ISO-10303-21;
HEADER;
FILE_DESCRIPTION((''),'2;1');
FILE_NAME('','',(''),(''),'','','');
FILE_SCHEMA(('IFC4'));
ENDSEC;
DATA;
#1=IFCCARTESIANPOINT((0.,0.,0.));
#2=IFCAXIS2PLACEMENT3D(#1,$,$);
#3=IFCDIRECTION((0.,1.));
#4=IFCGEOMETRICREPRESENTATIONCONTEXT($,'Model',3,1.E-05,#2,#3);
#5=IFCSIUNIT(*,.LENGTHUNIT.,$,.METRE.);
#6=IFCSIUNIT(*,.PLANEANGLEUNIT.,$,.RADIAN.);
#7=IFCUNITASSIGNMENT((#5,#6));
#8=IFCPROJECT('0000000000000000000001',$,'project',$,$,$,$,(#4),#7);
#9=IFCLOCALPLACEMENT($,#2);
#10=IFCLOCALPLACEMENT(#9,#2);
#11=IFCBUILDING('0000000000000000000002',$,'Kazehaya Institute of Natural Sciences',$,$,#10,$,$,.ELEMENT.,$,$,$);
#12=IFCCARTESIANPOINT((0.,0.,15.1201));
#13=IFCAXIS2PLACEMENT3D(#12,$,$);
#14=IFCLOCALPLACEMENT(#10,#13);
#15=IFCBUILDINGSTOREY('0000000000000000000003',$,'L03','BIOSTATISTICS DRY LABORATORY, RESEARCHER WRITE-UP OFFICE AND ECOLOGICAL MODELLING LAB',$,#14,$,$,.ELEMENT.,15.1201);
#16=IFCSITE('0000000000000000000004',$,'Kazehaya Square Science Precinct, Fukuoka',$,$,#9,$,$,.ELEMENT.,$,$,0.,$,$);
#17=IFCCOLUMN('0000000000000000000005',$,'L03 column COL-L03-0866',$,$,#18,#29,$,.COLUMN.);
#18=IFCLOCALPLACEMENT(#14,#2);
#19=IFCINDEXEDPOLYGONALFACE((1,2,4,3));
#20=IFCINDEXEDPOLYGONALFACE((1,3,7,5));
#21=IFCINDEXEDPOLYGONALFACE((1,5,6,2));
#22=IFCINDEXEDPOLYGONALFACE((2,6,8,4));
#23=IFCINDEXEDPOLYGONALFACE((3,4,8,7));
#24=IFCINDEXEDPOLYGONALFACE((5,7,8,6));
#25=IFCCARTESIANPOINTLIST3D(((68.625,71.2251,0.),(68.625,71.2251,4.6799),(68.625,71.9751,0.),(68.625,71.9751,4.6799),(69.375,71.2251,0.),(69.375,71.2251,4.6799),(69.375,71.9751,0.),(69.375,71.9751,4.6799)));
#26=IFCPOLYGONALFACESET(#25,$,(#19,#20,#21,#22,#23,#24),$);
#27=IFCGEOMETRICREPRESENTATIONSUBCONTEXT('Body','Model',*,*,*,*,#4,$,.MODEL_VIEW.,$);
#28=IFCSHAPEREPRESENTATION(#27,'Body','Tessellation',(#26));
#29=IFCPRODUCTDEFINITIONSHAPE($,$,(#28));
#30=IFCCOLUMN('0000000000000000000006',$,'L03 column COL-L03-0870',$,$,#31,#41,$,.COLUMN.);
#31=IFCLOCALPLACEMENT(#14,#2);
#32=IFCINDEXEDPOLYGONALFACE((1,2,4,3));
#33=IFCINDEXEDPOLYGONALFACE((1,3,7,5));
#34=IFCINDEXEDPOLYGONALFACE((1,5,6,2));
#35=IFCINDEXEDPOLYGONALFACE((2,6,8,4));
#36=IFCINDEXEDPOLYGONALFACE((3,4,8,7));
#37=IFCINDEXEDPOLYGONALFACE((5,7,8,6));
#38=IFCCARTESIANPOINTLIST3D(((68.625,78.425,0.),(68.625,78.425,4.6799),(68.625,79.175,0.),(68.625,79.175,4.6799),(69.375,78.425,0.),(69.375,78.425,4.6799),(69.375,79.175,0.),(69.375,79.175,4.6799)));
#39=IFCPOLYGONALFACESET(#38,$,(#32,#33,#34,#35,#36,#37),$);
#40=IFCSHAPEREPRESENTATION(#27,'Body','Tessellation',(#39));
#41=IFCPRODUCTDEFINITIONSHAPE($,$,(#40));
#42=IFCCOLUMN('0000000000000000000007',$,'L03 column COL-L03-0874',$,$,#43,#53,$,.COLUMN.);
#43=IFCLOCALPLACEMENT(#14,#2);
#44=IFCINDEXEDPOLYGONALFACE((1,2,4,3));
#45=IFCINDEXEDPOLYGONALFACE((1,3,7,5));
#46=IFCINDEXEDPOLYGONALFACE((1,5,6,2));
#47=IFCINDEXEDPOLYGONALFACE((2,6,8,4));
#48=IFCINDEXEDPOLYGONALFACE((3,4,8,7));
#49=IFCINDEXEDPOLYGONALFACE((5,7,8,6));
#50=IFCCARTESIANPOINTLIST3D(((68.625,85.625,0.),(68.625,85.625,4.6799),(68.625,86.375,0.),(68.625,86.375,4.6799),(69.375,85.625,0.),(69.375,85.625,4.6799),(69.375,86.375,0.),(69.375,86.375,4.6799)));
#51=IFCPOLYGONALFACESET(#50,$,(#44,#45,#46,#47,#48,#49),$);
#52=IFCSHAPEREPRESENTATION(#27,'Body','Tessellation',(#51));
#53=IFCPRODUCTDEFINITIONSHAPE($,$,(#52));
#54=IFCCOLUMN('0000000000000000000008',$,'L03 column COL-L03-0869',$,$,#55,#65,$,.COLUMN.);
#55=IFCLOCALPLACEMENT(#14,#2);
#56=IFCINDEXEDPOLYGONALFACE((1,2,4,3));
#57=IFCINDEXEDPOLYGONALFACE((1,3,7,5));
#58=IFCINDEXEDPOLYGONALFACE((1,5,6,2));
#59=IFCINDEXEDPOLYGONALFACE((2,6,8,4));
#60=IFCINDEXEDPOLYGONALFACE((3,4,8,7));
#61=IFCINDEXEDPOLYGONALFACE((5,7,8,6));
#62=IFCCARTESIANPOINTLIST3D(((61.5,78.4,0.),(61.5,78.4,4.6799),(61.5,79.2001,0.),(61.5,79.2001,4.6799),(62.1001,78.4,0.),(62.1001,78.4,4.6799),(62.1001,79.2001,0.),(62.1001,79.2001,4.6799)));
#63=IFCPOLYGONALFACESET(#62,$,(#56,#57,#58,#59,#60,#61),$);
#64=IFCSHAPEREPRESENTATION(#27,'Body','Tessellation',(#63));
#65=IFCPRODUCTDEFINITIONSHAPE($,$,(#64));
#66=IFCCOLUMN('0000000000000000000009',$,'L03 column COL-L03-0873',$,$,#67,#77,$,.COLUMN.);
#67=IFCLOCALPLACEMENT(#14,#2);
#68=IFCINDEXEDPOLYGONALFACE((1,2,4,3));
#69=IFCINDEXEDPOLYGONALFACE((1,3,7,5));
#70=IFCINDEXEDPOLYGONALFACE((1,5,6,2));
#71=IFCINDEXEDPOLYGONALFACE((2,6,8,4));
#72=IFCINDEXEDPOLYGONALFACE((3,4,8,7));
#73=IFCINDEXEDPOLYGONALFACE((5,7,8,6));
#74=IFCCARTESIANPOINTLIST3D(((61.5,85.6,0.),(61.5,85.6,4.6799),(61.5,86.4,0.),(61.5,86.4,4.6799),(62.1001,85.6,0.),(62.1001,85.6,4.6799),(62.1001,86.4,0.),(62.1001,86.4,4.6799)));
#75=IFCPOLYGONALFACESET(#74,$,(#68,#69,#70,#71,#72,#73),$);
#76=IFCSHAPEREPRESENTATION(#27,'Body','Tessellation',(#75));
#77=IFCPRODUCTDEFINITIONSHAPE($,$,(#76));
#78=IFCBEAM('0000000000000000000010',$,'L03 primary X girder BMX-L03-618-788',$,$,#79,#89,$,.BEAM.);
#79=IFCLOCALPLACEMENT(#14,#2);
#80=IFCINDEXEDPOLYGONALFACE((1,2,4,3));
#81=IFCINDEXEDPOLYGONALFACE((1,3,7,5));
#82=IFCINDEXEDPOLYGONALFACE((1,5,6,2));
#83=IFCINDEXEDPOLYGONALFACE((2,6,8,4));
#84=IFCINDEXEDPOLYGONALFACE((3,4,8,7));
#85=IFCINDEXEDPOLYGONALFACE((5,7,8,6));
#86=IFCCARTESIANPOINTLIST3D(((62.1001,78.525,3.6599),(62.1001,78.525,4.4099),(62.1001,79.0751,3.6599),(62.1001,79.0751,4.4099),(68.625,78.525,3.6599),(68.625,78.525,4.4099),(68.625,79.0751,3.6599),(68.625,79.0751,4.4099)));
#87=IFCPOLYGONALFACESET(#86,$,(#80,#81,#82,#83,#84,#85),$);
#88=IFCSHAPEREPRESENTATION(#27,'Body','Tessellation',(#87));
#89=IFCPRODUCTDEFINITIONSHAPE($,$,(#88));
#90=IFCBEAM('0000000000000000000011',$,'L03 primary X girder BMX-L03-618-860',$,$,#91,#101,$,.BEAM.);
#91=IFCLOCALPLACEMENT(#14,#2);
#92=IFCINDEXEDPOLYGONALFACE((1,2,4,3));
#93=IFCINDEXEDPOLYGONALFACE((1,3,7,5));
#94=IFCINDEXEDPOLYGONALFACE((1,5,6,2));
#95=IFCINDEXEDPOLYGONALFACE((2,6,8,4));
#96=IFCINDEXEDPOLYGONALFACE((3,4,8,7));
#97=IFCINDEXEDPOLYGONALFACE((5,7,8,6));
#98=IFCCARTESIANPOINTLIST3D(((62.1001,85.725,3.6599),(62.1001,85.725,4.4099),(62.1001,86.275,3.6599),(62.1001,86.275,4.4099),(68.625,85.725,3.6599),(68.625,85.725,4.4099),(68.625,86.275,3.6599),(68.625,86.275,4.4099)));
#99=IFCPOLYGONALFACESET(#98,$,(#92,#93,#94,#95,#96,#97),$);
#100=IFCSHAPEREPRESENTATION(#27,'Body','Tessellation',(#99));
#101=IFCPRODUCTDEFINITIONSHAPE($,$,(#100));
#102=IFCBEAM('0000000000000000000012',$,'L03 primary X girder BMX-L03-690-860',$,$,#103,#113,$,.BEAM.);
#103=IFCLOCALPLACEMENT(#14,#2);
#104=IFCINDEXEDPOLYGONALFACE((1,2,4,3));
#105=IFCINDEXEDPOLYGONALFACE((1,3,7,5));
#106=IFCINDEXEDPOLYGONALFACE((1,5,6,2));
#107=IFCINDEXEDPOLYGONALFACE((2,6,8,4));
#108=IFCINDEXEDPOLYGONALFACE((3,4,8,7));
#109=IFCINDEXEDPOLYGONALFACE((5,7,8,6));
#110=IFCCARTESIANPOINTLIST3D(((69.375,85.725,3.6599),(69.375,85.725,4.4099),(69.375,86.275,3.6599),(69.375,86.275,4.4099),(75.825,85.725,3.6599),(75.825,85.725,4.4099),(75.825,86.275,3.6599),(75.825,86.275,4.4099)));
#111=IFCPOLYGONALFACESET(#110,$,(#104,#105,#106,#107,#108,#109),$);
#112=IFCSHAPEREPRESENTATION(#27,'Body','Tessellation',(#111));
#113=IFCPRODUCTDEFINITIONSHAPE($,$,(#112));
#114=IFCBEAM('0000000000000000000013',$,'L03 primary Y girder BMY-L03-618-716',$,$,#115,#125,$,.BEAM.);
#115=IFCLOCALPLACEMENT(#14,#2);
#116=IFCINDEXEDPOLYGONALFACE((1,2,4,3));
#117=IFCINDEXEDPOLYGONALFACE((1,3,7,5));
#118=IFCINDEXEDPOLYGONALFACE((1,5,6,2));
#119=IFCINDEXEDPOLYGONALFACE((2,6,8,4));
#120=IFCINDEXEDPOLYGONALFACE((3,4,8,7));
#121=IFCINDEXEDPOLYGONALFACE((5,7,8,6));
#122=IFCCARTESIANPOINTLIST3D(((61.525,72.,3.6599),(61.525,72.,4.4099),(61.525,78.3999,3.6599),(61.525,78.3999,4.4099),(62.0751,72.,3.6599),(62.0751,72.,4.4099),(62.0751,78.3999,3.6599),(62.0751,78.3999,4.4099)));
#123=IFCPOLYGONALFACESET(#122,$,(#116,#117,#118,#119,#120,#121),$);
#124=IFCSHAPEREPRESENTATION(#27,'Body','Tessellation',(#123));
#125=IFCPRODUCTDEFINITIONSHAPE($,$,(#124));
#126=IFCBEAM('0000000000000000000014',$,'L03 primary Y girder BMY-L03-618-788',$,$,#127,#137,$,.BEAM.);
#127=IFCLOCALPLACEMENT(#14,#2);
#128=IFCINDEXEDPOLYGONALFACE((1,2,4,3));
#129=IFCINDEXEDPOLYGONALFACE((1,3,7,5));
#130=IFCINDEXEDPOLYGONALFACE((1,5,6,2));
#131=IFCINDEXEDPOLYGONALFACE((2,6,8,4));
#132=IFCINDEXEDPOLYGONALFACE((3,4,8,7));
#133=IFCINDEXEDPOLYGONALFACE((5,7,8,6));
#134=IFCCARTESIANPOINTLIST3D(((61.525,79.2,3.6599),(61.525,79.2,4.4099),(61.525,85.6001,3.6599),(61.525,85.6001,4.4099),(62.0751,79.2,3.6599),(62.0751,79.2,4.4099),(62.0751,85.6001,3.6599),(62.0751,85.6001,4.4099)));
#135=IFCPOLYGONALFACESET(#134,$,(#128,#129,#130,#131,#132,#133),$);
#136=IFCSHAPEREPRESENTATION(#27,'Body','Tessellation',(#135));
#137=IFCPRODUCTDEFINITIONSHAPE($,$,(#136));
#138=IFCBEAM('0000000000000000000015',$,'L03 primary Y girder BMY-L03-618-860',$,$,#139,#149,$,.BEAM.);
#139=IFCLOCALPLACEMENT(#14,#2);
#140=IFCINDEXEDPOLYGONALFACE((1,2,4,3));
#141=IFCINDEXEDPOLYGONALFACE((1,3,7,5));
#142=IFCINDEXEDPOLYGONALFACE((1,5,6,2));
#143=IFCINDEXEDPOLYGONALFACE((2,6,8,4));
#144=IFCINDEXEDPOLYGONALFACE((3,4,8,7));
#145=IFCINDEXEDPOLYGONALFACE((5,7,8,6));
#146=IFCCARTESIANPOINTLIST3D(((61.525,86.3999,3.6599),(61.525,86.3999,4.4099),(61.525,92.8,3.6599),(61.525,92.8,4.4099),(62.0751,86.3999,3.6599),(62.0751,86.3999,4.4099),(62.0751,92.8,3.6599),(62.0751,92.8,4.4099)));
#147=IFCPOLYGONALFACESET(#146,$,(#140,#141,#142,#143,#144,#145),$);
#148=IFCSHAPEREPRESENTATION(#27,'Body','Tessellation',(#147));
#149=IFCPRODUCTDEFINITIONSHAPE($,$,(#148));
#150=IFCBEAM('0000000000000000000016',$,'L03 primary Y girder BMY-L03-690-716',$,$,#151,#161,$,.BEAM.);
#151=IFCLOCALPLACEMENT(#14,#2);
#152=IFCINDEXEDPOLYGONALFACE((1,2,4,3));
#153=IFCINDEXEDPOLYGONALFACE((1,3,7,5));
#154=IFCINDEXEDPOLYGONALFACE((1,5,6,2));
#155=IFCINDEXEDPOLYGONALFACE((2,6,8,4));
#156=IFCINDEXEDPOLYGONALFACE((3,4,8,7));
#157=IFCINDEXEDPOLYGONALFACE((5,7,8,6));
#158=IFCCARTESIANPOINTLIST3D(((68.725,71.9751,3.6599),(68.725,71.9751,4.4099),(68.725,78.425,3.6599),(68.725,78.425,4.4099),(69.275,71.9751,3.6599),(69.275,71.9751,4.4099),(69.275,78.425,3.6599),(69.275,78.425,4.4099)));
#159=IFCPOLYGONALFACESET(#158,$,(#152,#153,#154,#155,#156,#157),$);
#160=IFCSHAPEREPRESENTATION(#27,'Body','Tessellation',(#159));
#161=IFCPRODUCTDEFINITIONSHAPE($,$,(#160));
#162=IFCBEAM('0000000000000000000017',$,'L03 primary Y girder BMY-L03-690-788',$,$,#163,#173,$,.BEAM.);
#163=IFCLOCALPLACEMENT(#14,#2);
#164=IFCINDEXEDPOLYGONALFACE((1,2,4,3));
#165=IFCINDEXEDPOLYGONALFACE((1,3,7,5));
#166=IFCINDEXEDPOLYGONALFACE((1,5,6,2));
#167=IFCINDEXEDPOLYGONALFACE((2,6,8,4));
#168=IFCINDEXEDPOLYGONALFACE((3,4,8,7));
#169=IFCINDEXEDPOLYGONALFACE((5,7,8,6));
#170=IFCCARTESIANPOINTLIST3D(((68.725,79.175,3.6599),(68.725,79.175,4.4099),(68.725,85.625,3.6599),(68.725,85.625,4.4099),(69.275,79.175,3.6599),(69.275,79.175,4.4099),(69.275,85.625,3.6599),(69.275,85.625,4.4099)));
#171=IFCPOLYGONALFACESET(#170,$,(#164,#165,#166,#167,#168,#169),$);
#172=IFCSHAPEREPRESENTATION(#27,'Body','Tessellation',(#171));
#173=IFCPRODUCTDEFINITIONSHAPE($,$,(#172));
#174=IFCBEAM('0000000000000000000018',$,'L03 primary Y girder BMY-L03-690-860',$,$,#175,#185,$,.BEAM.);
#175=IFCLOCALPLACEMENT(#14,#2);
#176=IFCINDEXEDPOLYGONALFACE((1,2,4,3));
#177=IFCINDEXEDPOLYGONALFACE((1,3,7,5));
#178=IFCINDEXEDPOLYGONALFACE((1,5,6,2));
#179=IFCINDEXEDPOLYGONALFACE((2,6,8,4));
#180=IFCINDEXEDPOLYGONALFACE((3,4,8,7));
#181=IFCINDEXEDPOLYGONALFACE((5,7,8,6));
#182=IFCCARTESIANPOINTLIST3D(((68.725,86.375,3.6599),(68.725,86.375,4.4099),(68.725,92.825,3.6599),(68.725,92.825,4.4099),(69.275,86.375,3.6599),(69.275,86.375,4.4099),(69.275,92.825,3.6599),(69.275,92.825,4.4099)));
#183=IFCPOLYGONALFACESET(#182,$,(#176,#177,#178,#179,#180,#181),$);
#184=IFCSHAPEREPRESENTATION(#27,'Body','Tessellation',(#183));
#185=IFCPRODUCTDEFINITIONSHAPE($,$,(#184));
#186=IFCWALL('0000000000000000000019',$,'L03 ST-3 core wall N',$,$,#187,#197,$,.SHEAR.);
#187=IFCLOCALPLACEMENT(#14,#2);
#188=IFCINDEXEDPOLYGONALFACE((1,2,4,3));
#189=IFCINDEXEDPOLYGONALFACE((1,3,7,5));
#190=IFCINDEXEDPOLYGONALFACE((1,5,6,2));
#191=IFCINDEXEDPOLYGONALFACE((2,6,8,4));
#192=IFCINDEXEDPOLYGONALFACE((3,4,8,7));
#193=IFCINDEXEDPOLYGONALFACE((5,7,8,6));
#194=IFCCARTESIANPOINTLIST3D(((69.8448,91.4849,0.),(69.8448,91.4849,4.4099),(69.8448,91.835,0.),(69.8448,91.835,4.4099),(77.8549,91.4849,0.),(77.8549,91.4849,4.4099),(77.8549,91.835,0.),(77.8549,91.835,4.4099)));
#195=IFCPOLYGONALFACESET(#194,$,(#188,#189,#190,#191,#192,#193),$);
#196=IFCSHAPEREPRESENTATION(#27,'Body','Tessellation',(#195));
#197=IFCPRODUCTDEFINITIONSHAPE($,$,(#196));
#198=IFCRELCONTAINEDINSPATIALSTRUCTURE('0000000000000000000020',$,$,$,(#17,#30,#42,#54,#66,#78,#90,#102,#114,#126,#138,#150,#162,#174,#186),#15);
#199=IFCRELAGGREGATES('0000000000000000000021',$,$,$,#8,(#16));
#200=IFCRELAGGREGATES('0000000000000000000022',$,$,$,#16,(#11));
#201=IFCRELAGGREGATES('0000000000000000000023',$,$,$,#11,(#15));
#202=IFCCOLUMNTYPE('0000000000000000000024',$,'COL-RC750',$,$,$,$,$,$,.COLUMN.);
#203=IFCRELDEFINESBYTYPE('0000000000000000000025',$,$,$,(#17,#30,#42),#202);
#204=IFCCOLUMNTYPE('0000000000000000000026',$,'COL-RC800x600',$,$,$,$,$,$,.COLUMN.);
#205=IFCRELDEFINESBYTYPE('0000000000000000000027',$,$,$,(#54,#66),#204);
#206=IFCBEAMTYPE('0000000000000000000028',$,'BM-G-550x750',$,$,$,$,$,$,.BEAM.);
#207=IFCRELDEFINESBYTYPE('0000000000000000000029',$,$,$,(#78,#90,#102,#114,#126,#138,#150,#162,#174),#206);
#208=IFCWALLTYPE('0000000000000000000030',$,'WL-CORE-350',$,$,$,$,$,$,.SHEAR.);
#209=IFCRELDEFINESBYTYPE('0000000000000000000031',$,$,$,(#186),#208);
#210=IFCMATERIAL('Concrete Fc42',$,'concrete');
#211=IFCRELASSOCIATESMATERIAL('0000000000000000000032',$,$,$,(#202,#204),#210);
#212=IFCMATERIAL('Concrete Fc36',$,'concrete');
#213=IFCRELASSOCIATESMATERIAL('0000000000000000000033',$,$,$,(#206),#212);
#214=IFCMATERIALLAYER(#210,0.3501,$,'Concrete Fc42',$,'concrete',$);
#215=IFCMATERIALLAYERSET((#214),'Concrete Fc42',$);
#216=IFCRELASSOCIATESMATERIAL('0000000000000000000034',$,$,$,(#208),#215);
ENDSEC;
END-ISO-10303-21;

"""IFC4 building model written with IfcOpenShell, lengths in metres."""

from ifc_helpers import new_model, si_unit, direction, frame, frame_2d, origin, origin_2d, place, context, subcontext, project, spatial, rectangle, extrude, material, layer, layer_set, material_profile, profile_set, type_object, element, save


model = new_model("IFC4")

# Units and contexts
model_context = context("Model", 3, precision=1e-05, world=origin(), true_north=direction((0.0, 1.0)))
body_context = subcontext(model_context, "Body", "Model", "MODEL_VIEW")
ifc_project = project(units=[si_unit("LENGTHUNIT", "METRE"), si_unit("PLANEANGLEUNIT", "RADIAN")], contexts=[model_context])

# Site, building, storey
site_placement = place(None, origin())
site = spatial("IfcSite", under=ifc_project, at=site_placement, Name="Kazehaya Square Science Precinct, Fukuoka", CompositionType="ELEMENT", RefElevation=0.0)
building_placement = place(site_placement, origin())
building = spatial("IfcBuilding", under=site, at=building_placement, Name="Kazehaya Institute of Natural Sciences", CompositionType="ELEMENT")
storey_placement = place(building_placement, frame((0.0, 0.0, 15.1201)))
storey = spatial("IfcBuildingStorey", under=building, at=storey_placement, Name="L03", Description="BIOSTATISTICS DRY LABORATORY, RESEARCHER WRITE-UP OFFICE AND ECOLOGICAL MODELLING LAB", CompositionType="ELEMENT", Elevation=15.1201)

# Columns
ifc_material_1 = material(Name="Concrete Fc42", Category="concrete")
ifc_material_profile_1 = material_profile(ifc_material_1, rectangle(XDim=0.75, YDim=0.75, at=origin_2d()), Name="RC-750x750")
ifc_profile_set_1 = profile_set([ifc_material_profile_1], Name="Concrete Fc42")
column_type_1 = type_object("IfcColumnType", Name="COL-RC750", PredefinedType="COLUMN", material=ifc_profile_set_1)
for number, where, z_axis, x_axis, name in (
    (1, (69.0, 71.6001, 0.0), (0.0, 0.0, 1.0), (1.0, 0.0, 0.0), "L03 column COL-L03-0866"),
    (2, (69.0, 78.8, 0.0), (0.0, 0.0, 1.0), (1.0, 0.0, 0.0), "L03 column COL-L03-0870"),
    (3, (69.0, 86.0, 0.0), (0.0, 0.0, 1.0), (1.0, 0.0, 0.0), "L03 column COL-L03-0874"),
):
    element("IfcColumn", number, at=place(storey_placement, frame(where, z_axis=z_axis, x_axis=x_axis)), inside=storey, type_object=column_type_1, Name=name, PredefinedType="COLUMN", context=body_context, shape_type="SweptSolid", body=[
        extrude(rectangle(XDim=0.75, YDim=0.75, at=origin_2d()), origin(), (0.0, 0.0, 1.0), 4.6799),
    ])
ifc_material_profile_2 = material_profile(ifc_material_1, rectangle(XDim=0.6001, YDim=0.8, at=origin_2d()), Name="RC-800x600")
ifc_profile_set_2 = profile_set([ifc_material_profile_2], Name="Concrete Fc42")
column_type_2 = type_object("IfcColumnType", Name="COL-RC800x600", PredefinedType="COLUMN", material=ifc_profile_set_2)
for number, where, z_axis, x_axis, name in (
    (4, (61.8, 78.8, 0.0), (0.0, 0.0, 1.0), (1.0, 0.0, 0.0), "L03 column COL-L03-0869"),
    (5, (61.8, 86.0, 0.0), (0.0, 0.0, 1.0), (1.0, 0.0, 0.0), "L03 column COL-L03-0873"),
):
    element("IfcColumn", number, at=place(storey_placement, frame(where, z_axis=z_axis, x_axis=x_axis)), inside=storey, type_object=column_type_2, Name=name, PredefinedType="COLUMN", context=body_context, shape_type="SweptSolid", body=[
        extrude(rectangle(XDim=0.6001, YDim=0.8, at=origin_2d()), origin(), (0.0, 0.0, 1.0), 4.6799),
    ])

# Beams
ifc_material_2 = material(Name="Concrete Fc36", Category="concrete")
ifc_material_profile_3 = material_profile(ifc_material_2, rectangle(XDim=0.55, YDim=0.75, at=origin_2d()), Name="RC-550x750")
ifc_profile_set_3 = profile_set([ifc_material_profile_3], Name="Concrete Fc36")
beam_type = type_object("IfcBeamType", Name="BM-G-550x750", PredefinedType="BEAM", material=ifc_profile_set_3)
for number, where, z_axis, x_axis, name in (
    (6, (62.1001, 78.8, 4.0349), (1.0, 0.0, 0.0), (0.0, 1.0, 0.0), "L03 primary X girder BMX-L03-618-788"),
    (7, (62.1001, 86.0, 4.0349), (1.0, 0.0, 0.0), (0.0, 1.0, 0.0), "L03 primary X girder BMX-L03-618-860"),
):
    element("IfcBeam", number, at=place(storey_placement, frame(where, z_axis=z_axis, x_axis=x_axis)), inside=storey, type_object=beam_type, Name=name, PredefinedType="BEAM", context=body_context, shape_type="SweptSolid", body=[
        extrude(rectangle(XDim=0.55, YDim=0.75, at=origin_2d()), origin(), (0.0, 0.0, 1.0), 6.5249),
    ])
beam_1_placement = place(storey_placement, frame((69.375, 86.0, 4.0349), z_axis=(1.0, 0.0, 0.0), x_axis=(0.0, 1.0, 0.0)))
element("IfcBeam", 8, at=beam_1_placement, inside=storey, type_object=beam_type, Name="L03 primary X girder BMX-L03-690-860", PredefinedType="BEAM", context=body_context, shape_type="SweptSolid", body=[
    extrude(rectangle(XDim=0.55, YDim=0.75, at=origin_2d()), origin(), (0.0, 0.0, 1.0), 6.45),
])
beam_2_placement = place(storey_placement, frame((61.8, 72.0, 4.0349), z_axis=(0.0, 1.0, 0.0), x_axis=(-1.0, 0.0, 0.0)))
element("IfcBeam", 9, at=beam_2_placement, inside=storey, type_object=beam_type, Name="L03 primary Y girder BMY-L03-618-716", PredefinedType="BEAM", context=body_context, shape_type="SweptSolid", body=[
    extrude(rectangle(XDim=0.55, YDim=0.75, at=origin_2d()), origin(), (0.0, 0.0, 1.0), 6.3999),
])
for number, where, z_axis, x_axis, name in (
    (10, (61.8, 79.2, 4.0349), (0.0, 1.0, 0.0), (-1.0, 0.0, 0.0), "L03 primary Y girder BMY-L03-618-788"),
    (11, (61.8, 86.3999, 4.0349), (0.0, 1.0, 0.0), (-1.0, 0.0, 0.0), "L03 primary Y girder BMY-L03-618-860"),
):
    element("IfcBeam", number, at=place(storey_placement, frame(where, z_axis=z_axis, x_axis=x_axis)), inside=storey, type_object=beam_type, Name=name, PredefinedType="BEAM", context=body_context, shape_type="SweptSolid", body=[
        extrude(rectangle(XDim=0.55, YDim=0.75, at=origin_2d()), origin(), (0.0, 0.0, 1.0), 6.4001),
    ])
for number, where, z_axis, x_axis, name in (
    (12, (69.0, 71.9751, 4.0349), (0.0, 1.0, 0.0), (-1.0, 0.0, 0.0), "L03 primary Y girder BMY-L03-690-716"),
    (13, (69.0, 79.175, 4.0349), (0.0, 1.0, 0.0), (-1.0, 0.0, 0.0), "L03 primary Y girder BMY-L03-690-788"),
    (14, (69.0, 86.375, 4.0349), (0.0, 1.0, 0.0), (-1.0, 0.0, 0.0), "L03 primary Y girder BMY-L03-690-860"),
):
    element("IfcBeam", number, at=place(storey_placement, frame(where, z_axis=z_axis, x_axis=x_axis)), inside=storey, type_object=beam_type, Name=name, PredefinedType="BEAM", context=body_context, shape_type="SweptSolid", body=[
        extrude(rectangle(XDim=0.55, YDim=0.75, at=origin_2d()), origin(), (0.0, 0.0, 1.0), 6.45),
    ])

# Wall
ifc_layer_1 = layer(ifc_material_1, 0.3501, Name="Concrete Fc42", Category="concrete")
ifc_layer_set_1 = layer_set([ifc_layer_1], Name="Concrete Fc42")
wall_type_1 = type_object("IfcWallType", Name="WL-CORE-350", PredefinedType="SHEAR", material=ifc_layer_set_1)
wall_1_placement = place(storey_placement, frame((69.845, 91.6599, 0.0), z_axis=(0.0, 0.0, 1.0), x_axis=(1.0, 0.0, 0.0)))
element("IfcWall", 15, at=wall_1_placement, inside=storey, type_object=wall_type_1, Name="L03 ST-3 core wall N", PredefinedType="SHEAR", context=body_context, shape_type="SweptSolid", body=[
    extrude(rectangle(XDim=8.01, YDim=0.3501, at=frame_2d((4.0049, 0.0))), origin(), (0.0, 0.0, 1.0), 4.4099),
])

save(model, "model.ifc")
